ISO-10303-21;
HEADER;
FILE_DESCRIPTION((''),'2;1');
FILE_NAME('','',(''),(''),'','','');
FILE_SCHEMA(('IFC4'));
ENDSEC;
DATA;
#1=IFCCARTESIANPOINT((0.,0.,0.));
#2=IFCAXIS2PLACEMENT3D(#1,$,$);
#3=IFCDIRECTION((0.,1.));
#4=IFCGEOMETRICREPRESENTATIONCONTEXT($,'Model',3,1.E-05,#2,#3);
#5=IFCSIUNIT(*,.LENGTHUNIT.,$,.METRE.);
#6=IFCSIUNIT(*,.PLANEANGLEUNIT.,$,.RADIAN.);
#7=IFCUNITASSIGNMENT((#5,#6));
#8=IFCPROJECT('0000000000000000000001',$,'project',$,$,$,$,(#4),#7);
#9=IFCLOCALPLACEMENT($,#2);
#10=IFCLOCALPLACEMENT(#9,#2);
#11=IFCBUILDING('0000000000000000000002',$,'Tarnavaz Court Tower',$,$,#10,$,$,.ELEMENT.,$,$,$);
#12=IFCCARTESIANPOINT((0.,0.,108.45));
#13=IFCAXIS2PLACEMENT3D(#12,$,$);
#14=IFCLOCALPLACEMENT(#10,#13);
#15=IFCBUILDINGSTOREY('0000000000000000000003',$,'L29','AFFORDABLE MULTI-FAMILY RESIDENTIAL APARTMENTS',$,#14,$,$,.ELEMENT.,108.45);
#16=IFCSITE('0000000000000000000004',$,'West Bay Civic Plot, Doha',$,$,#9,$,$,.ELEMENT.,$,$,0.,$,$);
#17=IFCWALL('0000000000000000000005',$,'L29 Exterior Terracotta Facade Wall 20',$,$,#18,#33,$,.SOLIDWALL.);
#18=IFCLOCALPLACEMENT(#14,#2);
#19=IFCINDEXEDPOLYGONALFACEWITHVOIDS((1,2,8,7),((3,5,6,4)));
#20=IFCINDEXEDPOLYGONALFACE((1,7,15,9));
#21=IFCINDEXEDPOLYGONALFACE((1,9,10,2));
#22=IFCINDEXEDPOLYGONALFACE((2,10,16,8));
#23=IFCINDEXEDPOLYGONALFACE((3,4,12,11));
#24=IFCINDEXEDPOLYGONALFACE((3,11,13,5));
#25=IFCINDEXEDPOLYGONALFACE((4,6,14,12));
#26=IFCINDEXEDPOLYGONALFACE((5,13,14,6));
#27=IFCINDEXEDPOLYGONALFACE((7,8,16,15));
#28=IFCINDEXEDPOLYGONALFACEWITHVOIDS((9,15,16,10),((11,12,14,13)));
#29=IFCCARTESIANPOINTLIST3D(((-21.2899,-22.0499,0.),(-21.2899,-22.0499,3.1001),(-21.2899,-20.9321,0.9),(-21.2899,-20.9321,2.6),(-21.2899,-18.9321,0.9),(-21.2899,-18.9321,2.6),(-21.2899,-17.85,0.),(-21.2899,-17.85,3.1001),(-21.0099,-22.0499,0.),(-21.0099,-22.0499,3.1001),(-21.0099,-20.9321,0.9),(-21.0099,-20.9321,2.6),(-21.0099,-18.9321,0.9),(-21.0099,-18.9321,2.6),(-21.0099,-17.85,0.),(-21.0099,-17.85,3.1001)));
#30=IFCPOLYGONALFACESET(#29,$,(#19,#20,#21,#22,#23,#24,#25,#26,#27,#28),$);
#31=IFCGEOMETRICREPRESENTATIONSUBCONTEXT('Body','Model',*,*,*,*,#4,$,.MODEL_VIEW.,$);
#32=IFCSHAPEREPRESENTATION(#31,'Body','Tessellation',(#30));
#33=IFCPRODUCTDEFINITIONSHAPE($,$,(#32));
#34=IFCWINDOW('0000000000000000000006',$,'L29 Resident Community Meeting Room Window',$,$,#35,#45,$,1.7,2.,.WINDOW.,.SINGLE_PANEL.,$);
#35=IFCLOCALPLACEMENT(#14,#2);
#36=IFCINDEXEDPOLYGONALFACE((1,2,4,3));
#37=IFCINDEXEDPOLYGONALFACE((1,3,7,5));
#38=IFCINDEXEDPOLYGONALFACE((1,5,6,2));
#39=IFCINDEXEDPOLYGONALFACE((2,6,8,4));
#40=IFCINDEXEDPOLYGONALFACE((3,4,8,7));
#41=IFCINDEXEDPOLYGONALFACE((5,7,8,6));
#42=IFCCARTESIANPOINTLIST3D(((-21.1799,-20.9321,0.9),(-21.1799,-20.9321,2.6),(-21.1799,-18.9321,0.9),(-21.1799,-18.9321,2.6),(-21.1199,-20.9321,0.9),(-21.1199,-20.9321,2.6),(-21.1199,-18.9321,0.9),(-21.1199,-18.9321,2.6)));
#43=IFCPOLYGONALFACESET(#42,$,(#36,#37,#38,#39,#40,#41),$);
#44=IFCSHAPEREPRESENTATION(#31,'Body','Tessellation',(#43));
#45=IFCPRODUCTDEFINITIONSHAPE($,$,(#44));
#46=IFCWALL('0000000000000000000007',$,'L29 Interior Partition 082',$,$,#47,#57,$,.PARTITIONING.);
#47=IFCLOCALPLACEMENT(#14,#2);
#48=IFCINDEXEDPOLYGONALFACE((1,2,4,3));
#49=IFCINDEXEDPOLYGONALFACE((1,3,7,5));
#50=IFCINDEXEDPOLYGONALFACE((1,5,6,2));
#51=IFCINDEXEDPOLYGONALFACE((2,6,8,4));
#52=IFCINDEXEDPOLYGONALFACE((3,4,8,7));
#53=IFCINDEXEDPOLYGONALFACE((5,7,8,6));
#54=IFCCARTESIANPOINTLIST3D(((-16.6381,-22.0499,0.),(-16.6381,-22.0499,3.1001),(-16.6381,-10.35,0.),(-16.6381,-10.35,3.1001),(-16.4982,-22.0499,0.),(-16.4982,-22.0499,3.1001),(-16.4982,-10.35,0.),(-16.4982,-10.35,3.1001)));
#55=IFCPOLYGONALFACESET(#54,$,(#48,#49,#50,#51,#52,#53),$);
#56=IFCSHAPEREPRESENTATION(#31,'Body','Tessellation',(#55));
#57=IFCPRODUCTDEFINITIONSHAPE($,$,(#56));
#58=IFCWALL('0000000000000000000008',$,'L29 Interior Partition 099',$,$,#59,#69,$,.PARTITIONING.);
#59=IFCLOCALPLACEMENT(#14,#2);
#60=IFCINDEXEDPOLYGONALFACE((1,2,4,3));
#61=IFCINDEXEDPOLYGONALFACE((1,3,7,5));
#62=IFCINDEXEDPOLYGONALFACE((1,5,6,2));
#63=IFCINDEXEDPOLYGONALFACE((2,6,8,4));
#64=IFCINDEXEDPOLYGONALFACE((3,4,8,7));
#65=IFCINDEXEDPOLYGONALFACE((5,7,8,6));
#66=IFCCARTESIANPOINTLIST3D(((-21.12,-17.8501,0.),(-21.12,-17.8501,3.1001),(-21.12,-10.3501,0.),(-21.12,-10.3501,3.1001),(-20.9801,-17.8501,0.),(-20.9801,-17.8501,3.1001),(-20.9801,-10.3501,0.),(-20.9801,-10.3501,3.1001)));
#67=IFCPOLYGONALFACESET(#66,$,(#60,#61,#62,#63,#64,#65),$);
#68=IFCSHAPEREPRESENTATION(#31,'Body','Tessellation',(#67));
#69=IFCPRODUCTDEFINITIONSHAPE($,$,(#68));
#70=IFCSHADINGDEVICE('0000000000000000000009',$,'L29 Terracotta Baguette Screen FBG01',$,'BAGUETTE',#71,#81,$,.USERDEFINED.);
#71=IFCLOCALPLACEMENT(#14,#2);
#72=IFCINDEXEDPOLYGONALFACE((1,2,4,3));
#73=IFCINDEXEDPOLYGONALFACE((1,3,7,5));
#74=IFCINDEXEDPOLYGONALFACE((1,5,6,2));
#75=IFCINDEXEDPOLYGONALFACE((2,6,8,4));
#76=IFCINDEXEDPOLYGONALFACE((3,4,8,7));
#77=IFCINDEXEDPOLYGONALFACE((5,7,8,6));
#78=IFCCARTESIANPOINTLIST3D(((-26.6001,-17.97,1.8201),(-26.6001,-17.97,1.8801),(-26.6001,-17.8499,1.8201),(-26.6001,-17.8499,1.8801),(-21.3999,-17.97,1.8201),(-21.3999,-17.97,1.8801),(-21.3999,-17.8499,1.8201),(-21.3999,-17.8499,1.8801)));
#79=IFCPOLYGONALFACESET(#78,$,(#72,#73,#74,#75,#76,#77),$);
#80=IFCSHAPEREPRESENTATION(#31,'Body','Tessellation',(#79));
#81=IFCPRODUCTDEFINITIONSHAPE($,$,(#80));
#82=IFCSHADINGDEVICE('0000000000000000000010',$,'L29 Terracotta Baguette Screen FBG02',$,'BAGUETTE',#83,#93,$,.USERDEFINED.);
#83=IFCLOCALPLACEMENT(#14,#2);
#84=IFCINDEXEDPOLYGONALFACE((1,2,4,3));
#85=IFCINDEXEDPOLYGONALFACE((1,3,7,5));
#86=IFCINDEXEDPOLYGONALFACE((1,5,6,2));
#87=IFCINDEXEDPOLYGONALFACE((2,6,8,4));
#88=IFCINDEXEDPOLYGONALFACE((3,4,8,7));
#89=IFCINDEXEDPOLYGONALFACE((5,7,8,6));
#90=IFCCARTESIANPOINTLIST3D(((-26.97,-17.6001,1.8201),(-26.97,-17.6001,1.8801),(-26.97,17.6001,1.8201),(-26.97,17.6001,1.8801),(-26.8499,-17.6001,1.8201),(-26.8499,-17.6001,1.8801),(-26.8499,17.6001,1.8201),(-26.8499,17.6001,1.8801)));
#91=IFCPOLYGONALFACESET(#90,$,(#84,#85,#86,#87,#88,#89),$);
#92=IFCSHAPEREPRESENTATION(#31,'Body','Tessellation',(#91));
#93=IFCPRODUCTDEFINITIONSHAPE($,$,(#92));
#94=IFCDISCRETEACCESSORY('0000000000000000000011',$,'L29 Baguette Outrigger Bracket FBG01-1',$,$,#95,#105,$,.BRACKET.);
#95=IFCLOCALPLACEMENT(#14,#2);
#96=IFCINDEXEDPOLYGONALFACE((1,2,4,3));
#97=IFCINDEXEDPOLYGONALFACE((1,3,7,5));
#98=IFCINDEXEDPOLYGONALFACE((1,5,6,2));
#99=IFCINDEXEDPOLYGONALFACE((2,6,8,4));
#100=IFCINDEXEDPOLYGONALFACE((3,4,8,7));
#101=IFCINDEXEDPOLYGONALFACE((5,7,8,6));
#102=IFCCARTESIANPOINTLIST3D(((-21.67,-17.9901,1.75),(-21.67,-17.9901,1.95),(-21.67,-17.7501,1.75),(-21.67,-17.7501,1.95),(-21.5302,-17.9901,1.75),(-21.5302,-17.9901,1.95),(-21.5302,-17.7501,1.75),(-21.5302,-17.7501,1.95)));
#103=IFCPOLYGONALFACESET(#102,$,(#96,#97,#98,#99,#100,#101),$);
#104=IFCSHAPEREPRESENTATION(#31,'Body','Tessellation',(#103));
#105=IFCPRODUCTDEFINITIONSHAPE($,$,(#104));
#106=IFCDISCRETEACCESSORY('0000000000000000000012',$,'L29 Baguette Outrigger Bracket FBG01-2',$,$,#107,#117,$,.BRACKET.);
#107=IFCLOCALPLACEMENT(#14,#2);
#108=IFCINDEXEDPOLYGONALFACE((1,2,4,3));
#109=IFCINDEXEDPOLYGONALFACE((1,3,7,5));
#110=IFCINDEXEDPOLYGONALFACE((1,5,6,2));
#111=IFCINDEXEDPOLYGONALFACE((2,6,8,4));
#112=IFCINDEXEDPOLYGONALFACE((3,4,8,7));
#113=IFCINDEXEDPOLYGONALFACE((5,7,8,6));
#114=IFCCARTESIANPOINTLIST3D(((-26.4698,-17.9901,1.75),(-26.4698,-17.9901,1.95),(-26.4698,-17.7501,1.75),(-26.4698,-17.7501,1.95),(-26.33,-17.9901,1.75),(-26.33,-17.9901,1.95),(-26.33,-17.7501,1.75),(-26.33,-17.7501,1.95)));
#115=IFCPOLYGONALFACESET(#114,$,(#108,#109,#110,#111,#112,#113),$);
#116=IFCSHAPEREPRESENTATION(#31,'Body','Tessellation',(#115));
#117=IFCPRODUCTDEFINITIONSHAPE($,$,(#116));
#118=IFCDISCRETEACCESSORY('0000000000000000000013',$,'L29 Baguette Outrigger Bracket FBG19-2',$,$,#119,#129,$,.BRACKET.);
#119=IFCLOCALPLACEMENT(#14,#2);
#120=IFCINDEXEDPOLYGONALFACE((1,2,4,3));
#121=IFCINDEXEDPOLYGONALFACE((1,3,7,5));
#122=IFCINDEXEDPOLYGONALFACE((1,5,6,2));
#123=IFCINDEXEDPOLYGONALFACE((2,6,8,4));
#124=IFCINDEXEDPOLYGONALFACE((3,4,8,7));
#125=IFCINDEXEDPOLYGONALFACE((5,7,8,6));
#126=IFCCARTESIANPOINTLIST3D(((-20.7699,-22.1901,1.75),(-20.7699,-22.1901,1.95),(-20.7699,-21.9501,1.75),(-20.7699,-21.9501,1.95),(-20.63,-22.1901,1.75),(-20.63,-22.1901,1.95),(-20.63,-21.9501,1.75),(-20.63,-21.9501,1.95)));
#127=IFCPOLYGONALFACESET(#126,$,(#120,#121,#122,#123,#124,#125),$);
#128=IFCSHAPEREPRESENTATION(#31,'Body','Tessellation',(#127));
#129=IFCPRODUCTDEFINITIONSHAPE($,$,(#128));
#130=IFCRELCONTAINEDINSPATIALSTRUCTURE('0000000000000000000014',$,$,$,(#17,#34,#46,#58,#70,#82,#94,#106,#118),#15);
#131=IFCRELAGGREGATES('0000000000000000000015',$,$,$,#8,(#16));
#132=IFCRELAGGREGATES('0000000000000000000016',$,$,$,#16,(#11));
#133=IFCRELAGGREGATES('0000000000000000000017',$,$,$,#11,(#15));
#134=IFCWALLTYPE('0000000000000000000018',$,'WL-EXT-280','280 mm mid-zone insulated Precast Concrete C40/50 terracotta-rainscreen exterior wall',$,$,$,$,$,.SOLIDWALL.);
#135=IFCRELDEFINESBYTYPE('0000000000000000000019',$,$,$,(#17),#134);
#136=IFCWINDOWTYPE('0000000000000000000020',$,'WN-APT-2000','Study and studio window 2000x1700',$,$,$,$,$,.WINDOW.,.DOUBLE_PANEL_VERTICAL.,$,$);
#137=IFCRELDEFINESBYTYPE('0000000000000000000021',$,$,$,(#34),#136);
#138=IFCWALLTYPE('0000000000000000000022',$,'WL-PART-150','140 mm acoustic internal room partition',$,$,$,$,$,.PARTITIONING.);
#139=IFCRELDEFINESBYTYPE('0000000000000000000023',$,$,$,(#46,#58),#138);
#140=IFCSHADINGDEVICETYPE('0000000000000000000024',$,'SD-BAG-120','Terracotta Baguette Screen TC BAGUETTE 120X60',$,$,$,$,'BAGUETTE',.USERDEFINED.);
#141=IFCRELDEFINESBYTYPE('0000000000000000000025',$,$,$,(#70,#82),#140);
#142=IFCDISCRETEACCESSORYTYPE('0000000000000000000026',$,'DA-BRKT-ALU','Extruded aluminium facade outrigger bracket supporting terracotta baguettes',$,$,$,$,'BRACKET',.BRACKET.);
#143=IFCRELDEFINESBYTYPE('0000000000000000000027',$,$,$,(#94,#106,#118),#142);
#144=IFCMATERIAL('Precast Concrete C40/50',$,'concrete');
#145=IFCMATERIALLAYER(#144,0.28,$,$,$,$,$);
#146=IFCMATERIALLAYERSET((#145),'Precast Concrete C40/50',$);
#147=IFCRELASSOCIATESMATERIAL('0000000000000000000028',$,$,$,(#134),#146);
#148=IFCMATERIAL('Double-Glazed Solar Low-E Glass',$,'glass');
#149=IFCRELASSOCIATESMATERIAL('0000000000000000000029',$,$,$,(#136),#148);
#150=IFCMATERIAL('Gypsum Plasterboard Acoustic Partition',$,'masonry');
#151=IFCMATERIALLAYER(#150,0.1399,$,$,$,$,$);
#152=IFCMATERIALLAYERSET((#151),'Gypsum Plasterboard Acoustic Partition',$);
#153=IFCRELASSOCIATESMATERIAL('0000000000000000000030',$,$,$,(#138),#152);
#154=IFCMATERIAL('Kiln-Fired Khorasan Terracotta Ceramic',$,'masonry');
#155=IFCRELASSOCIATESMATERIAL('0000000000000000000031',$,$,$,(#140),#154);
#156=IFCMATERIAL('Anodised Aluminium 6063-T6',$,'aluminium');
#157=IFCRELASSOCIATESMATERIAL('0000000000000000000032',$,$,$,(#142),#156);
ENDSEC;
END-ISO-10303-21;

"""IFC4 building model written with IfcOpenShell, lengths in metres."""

from ifc_helpers import new_model, si_unit, direction, frame, frame_2d, origin, origin_2d, place, context, subcontext, project, spatial, rectangle, extrude, material, layer, layer_set, material_profile, profile_set, type_object, element, fill, save


model = new_model("IFC4")

# Units and contexts
model_context = context("Model", 3, precision=1e-05, world=origin(), true_north=direction((0.0, 1.0)))
body_context = subcontext(model_context, "Body", "Model", "MODEL_VIEW")
ifc_project = project(units=[si_unit("LENGTHUNIT", "METRE"), si_unit("PLANEANGLEUNIT", "RADIAN")], contexts=[model_context])

# Site, building, storey
site_placement = place(None, origin())
site = spatial("IfcSite", under=ifc_project, at=site_placement, Name="West Bay Civic Plot, Doha", CompositionType="ELEMENT", RefElevation=0.0)
building_placement = place(site_placement, origin())
building = spatial("IfcBuilding", under=site, at=building_placement, Name="Tarnavaz Court Tower", CompositionType="ELEMENT")
storey_placement = place(building_placement, frame((0.0, 0.0, 108.45)))
storey = spatial("IfcBuildingStorey", under=building, at=storey_placement, Name="L29", Description="AFFORDABLE MULTI-FAMILY RESIDENTIAL APARTMENTS", CompositionType="ELEMENT", Elevation=108.45)

# Shared definitions
ifc_material_1 = material(Name="Precast Concrete C40/50", Category="concrete")
ifc_layer_1 = layer(ifc_material_1, 0.28)
ifc_layer_set_1 = layer_set([ifc_layer_1], Name="Precast Concrete C40/50")
wall_type_1 = type_object("IfcWallType", Name="WL-EXT-280", Description="280 mm mid-zone insulated Precast Concrete C40/50 terracotta-rainscreen exterior wall", PredefinedType="SOLIDWALL", material=ifc_layer_set_1)
ifc_material_2 = material(Name="Double-Glazed Solar Low-E Glass", Category="glass")

# Shared definitions
window_type_1 = type_object("IfcWindowType", Name="WN-APT-2000", Description="Study and studio window 2000x1700", PartitioningType="DOUBLE_PANEL_VERTICAL", PredefinedType="WINDOW", material=ifc_material_2)

# Wall, opening, window
wall_1_placement = place(storey_placement, frame((-21.1499, -22.05, 0.0), z_axis=(0.0, 0.0, 1.0), x_axis=(0.0, 1.0, 0.0)))
wall_1 = element("IfcWall", 1, at=wall_1_placement, inside=storey, type_object=wall_type_1, Name="L29 Exterior Terracotta Facade Wall 20", PredefinedType="SOLIDWALL", context=body_context, shape_type="SweptSolid", body=[
    extrude(rectangle(XDim=4.2, YDim=0.28, at=frame_2d((2.1001, 0.0))), origin(), (0.0, 0.0, 1.0), 3.1001),
])
opening_1_placement = place(wall_1_placement, frame((1.1179, 0.0, 0.8999)))
opening_1 = element("IfcOpeningElement", 2, at=opening_1_placement, cuts=wall_1, PredefinedType="OPENING", context=body_context, shape_type="SweptSolid", body=[
    extrude(rectangle(XDim=2.0, YDim=1.7, at=frame_2d((1.0, 0.8501))), frame((0.0, 0.1499, 0.0), z_axis=(0.0, -1.0, 0.0), x_axis=(1.0, 0.0, 0.0)), (0.0, 0.0, 1.0), 0.3),
])
window_1_placement = place(opening_1_placement, origin())
window_1 = element("IfcWindow", 3, at=window_1_placement, inside=storey, type_object=window_type_1, Name="L29 Resident Community Meeting Room Window", OverallHeight=1.7, OverallWidth=2.0, PartitioningType="SINGLE_PANEL", PredefinedType="WINDOW", context=body_context, shape_type="SweptSolid", body=[
    extrude(rectangle(XDim=2.0, YDim=1.7, at=frame_2d((1.0, 0.8501))), frame((0.0, 0.03, 0.0), z_axis=(0.0, -1.0, 0.0), x_axis=(1.0, 0.0, 0.0)), (0.0, 0.0, 1.0), 0.0601),
])
fill(opening_1, window_1)

# Walls
ifc_material_3 = material(Name="Gypsum Plasterboard Acoustic Partition", Category="masonry")
ifc_layer_2 = layer(ifc_material_3, 0.1399)
ifc_layer_set_2 = layer_set([ifc_layer_2], Name="Gypsum Plasterboard Acoustic Partition")
wall_type_2 = type_object("IfcWallType", Name="WL-PART-150", Description="140 mm acoustic internal room partition", PredefinedType="PARTITIONING", material=ifc_layer_set_2)
wall_2_placement = place(storey_placement, frame((-16.5681, -22.05, 0.0), z_axis=(0.0, 0.0, 1.0), x_axis=(0.0, 1.0, 0.0)))
element("IfcWall", 4, at=wall_2_placement, inside=storey, type_object=wall_type_2, Name="L29 Interior Partition 082", PredefinedType="PARTITIONING", context=body_context, shape_type="SweptSolid", body=[
    extrude(rectangle(XDim=11.7, YDim=0.1399, at=frame_2d((5.8501, 0.0))), origin(), (0.0, 0.0, 1.0), 3.1001),
])
wall_3_placement = place(storey_placement, frame((-21.05, -17.8501, 0.0), z_axis=(0.0, 0.0, 1.0), x_axis=(0.0, 1.0, 0.0)))
element("IfcWall", 5, at=wall_3_placement, inside=storey, type_object=wall_type_2, Name="L29 Interior Partition 099", PredefinedType="PARTITIONING", context=body_context, shape_type="SweptSolid", body=[
    extrude(rectangle(XDim=7.5, YDim=0.1399, at=frame_2d((3.75, 0.0))), origin(), (0.0, 0.0, 1.0), 3.1001),
])

# Shading devices
ifc_material_4 = material(Name="Kiln-Fired Khorasan Terracotta Ceramic", Category="masonry")
ifc_material_profile = material_profile(ifc_material_4, rectangle(XDim=0.1201, YDim=0.0601, at=origin_2d()), Name="TC BAGUETTE 120X60")
ifc_profile_set = profile_set([ifc_material_profile], Name="Kiln-Fired Khorasan Terracotta Ceramic")
shading_device_type = type_object("IfcShadingDeviceType", Name="SD-BAG-120", Description="Terracotta Baguette Screen TC BAGUETTE 120X60", ElementType="BAGUETTE", PredefinedType="USERDEFINED", material=ifc_profile_set)
shading_device_1_placement = place(storey_placement, frame((-21.3999, -17.9099, 1.8501), z_axis=(-1.0, 0.0, 0.0), x_axis=(0.0, -1.0, 0.0)))
element("IfcShadingDevice", 6, at=shading_device_1_placement, inside=storey, type_object=shading_device_type, Name="L29 Terracotta Baguette Screen FBG01", ObjectType="BAGUETTE", PredefinedType="USERDEFINED", context=body_context, shape_type="SweptSolid", body=[
    extrude(rectangle(XDim=0.1201, YDim=0.0601, at=origin_2d()), origin(), (0.0, 0.0, 1.0), 5.2002),
])
shading_device_2_placement = place(storey_placement, frame((-26.9099, -17.6001, 1.8501), z_axis=(0.0, 1.0, 0.0), x_axis=(-1.0, 0.0, 0.0)))
element("IfcShadingDevice", 7, at=shading_device_2_placement, inside=storey, type_object=shading_device_type, Name="L29 Terracotta Baguette Screen FBG02", ObjectType="BAGUETTE", PredefinedType="USERDEFINED", context=body_context, shape_type="SweptSolid", body=[
    extrude(rectangle(XDim=0.1201, YDim=0.0601, at=origin_2d()), origin(), (0.0, 0.0, 1.0), 35.2002),
])

# Discrete accessories
ifc_material_5 = material(Name="Anodised Aluminium 6063-T6", Category="aluminium")
discrete_accessory_type = type_object("IfcDiscreteAccessoryType", Name="DA-BRKT-ALU", Description="Extruded aluminium facade outrigger bracket supporting terracotta baguettes", ElementType="BRACKET", PredefinedType="BRACKET", material=ifc_material_5)
for number, where, z_axis, x_axis, name in (
    (8, (-21.6001, -17.8701, 1.75), (0.0, 0.0, 1.0), (-1.0, 0.0, 0.0), "L29 Baguette Outrigger Bracket FBG01-1"),
    (9, (-26.3999, -17.8701, 1.75), (0.0, 0.0, 1.0), (-1.0, 0.0, 0.0), "L29 Baguette Outrigger Bracket FBG01-2"),
    (10, (-20.7, -22.0701, 1.75), (0.0, 0.0, 1.0), (-1.0, 0.0, 0.0), "L29 Baguette Outrigger Bracket FBG19-2"),
):
    element("IfcDiscreteAccessory", number, at=place(storey_placement, frame(where, z_axis=z_axis, x_axis=x_axis)), inside=storey, type_object=discrete_accessory_type, Name=name, PredefinedType="BRACKET", context=body_context, shape_type="SweptSolid", body=[
        extrude(rectangle(XDim=0.1399, YDim=0.24, at=origin_2d()), origin(), (0.0, 0.0, 1.0), 0.2),
    ])

save(model, "model.ifc")
